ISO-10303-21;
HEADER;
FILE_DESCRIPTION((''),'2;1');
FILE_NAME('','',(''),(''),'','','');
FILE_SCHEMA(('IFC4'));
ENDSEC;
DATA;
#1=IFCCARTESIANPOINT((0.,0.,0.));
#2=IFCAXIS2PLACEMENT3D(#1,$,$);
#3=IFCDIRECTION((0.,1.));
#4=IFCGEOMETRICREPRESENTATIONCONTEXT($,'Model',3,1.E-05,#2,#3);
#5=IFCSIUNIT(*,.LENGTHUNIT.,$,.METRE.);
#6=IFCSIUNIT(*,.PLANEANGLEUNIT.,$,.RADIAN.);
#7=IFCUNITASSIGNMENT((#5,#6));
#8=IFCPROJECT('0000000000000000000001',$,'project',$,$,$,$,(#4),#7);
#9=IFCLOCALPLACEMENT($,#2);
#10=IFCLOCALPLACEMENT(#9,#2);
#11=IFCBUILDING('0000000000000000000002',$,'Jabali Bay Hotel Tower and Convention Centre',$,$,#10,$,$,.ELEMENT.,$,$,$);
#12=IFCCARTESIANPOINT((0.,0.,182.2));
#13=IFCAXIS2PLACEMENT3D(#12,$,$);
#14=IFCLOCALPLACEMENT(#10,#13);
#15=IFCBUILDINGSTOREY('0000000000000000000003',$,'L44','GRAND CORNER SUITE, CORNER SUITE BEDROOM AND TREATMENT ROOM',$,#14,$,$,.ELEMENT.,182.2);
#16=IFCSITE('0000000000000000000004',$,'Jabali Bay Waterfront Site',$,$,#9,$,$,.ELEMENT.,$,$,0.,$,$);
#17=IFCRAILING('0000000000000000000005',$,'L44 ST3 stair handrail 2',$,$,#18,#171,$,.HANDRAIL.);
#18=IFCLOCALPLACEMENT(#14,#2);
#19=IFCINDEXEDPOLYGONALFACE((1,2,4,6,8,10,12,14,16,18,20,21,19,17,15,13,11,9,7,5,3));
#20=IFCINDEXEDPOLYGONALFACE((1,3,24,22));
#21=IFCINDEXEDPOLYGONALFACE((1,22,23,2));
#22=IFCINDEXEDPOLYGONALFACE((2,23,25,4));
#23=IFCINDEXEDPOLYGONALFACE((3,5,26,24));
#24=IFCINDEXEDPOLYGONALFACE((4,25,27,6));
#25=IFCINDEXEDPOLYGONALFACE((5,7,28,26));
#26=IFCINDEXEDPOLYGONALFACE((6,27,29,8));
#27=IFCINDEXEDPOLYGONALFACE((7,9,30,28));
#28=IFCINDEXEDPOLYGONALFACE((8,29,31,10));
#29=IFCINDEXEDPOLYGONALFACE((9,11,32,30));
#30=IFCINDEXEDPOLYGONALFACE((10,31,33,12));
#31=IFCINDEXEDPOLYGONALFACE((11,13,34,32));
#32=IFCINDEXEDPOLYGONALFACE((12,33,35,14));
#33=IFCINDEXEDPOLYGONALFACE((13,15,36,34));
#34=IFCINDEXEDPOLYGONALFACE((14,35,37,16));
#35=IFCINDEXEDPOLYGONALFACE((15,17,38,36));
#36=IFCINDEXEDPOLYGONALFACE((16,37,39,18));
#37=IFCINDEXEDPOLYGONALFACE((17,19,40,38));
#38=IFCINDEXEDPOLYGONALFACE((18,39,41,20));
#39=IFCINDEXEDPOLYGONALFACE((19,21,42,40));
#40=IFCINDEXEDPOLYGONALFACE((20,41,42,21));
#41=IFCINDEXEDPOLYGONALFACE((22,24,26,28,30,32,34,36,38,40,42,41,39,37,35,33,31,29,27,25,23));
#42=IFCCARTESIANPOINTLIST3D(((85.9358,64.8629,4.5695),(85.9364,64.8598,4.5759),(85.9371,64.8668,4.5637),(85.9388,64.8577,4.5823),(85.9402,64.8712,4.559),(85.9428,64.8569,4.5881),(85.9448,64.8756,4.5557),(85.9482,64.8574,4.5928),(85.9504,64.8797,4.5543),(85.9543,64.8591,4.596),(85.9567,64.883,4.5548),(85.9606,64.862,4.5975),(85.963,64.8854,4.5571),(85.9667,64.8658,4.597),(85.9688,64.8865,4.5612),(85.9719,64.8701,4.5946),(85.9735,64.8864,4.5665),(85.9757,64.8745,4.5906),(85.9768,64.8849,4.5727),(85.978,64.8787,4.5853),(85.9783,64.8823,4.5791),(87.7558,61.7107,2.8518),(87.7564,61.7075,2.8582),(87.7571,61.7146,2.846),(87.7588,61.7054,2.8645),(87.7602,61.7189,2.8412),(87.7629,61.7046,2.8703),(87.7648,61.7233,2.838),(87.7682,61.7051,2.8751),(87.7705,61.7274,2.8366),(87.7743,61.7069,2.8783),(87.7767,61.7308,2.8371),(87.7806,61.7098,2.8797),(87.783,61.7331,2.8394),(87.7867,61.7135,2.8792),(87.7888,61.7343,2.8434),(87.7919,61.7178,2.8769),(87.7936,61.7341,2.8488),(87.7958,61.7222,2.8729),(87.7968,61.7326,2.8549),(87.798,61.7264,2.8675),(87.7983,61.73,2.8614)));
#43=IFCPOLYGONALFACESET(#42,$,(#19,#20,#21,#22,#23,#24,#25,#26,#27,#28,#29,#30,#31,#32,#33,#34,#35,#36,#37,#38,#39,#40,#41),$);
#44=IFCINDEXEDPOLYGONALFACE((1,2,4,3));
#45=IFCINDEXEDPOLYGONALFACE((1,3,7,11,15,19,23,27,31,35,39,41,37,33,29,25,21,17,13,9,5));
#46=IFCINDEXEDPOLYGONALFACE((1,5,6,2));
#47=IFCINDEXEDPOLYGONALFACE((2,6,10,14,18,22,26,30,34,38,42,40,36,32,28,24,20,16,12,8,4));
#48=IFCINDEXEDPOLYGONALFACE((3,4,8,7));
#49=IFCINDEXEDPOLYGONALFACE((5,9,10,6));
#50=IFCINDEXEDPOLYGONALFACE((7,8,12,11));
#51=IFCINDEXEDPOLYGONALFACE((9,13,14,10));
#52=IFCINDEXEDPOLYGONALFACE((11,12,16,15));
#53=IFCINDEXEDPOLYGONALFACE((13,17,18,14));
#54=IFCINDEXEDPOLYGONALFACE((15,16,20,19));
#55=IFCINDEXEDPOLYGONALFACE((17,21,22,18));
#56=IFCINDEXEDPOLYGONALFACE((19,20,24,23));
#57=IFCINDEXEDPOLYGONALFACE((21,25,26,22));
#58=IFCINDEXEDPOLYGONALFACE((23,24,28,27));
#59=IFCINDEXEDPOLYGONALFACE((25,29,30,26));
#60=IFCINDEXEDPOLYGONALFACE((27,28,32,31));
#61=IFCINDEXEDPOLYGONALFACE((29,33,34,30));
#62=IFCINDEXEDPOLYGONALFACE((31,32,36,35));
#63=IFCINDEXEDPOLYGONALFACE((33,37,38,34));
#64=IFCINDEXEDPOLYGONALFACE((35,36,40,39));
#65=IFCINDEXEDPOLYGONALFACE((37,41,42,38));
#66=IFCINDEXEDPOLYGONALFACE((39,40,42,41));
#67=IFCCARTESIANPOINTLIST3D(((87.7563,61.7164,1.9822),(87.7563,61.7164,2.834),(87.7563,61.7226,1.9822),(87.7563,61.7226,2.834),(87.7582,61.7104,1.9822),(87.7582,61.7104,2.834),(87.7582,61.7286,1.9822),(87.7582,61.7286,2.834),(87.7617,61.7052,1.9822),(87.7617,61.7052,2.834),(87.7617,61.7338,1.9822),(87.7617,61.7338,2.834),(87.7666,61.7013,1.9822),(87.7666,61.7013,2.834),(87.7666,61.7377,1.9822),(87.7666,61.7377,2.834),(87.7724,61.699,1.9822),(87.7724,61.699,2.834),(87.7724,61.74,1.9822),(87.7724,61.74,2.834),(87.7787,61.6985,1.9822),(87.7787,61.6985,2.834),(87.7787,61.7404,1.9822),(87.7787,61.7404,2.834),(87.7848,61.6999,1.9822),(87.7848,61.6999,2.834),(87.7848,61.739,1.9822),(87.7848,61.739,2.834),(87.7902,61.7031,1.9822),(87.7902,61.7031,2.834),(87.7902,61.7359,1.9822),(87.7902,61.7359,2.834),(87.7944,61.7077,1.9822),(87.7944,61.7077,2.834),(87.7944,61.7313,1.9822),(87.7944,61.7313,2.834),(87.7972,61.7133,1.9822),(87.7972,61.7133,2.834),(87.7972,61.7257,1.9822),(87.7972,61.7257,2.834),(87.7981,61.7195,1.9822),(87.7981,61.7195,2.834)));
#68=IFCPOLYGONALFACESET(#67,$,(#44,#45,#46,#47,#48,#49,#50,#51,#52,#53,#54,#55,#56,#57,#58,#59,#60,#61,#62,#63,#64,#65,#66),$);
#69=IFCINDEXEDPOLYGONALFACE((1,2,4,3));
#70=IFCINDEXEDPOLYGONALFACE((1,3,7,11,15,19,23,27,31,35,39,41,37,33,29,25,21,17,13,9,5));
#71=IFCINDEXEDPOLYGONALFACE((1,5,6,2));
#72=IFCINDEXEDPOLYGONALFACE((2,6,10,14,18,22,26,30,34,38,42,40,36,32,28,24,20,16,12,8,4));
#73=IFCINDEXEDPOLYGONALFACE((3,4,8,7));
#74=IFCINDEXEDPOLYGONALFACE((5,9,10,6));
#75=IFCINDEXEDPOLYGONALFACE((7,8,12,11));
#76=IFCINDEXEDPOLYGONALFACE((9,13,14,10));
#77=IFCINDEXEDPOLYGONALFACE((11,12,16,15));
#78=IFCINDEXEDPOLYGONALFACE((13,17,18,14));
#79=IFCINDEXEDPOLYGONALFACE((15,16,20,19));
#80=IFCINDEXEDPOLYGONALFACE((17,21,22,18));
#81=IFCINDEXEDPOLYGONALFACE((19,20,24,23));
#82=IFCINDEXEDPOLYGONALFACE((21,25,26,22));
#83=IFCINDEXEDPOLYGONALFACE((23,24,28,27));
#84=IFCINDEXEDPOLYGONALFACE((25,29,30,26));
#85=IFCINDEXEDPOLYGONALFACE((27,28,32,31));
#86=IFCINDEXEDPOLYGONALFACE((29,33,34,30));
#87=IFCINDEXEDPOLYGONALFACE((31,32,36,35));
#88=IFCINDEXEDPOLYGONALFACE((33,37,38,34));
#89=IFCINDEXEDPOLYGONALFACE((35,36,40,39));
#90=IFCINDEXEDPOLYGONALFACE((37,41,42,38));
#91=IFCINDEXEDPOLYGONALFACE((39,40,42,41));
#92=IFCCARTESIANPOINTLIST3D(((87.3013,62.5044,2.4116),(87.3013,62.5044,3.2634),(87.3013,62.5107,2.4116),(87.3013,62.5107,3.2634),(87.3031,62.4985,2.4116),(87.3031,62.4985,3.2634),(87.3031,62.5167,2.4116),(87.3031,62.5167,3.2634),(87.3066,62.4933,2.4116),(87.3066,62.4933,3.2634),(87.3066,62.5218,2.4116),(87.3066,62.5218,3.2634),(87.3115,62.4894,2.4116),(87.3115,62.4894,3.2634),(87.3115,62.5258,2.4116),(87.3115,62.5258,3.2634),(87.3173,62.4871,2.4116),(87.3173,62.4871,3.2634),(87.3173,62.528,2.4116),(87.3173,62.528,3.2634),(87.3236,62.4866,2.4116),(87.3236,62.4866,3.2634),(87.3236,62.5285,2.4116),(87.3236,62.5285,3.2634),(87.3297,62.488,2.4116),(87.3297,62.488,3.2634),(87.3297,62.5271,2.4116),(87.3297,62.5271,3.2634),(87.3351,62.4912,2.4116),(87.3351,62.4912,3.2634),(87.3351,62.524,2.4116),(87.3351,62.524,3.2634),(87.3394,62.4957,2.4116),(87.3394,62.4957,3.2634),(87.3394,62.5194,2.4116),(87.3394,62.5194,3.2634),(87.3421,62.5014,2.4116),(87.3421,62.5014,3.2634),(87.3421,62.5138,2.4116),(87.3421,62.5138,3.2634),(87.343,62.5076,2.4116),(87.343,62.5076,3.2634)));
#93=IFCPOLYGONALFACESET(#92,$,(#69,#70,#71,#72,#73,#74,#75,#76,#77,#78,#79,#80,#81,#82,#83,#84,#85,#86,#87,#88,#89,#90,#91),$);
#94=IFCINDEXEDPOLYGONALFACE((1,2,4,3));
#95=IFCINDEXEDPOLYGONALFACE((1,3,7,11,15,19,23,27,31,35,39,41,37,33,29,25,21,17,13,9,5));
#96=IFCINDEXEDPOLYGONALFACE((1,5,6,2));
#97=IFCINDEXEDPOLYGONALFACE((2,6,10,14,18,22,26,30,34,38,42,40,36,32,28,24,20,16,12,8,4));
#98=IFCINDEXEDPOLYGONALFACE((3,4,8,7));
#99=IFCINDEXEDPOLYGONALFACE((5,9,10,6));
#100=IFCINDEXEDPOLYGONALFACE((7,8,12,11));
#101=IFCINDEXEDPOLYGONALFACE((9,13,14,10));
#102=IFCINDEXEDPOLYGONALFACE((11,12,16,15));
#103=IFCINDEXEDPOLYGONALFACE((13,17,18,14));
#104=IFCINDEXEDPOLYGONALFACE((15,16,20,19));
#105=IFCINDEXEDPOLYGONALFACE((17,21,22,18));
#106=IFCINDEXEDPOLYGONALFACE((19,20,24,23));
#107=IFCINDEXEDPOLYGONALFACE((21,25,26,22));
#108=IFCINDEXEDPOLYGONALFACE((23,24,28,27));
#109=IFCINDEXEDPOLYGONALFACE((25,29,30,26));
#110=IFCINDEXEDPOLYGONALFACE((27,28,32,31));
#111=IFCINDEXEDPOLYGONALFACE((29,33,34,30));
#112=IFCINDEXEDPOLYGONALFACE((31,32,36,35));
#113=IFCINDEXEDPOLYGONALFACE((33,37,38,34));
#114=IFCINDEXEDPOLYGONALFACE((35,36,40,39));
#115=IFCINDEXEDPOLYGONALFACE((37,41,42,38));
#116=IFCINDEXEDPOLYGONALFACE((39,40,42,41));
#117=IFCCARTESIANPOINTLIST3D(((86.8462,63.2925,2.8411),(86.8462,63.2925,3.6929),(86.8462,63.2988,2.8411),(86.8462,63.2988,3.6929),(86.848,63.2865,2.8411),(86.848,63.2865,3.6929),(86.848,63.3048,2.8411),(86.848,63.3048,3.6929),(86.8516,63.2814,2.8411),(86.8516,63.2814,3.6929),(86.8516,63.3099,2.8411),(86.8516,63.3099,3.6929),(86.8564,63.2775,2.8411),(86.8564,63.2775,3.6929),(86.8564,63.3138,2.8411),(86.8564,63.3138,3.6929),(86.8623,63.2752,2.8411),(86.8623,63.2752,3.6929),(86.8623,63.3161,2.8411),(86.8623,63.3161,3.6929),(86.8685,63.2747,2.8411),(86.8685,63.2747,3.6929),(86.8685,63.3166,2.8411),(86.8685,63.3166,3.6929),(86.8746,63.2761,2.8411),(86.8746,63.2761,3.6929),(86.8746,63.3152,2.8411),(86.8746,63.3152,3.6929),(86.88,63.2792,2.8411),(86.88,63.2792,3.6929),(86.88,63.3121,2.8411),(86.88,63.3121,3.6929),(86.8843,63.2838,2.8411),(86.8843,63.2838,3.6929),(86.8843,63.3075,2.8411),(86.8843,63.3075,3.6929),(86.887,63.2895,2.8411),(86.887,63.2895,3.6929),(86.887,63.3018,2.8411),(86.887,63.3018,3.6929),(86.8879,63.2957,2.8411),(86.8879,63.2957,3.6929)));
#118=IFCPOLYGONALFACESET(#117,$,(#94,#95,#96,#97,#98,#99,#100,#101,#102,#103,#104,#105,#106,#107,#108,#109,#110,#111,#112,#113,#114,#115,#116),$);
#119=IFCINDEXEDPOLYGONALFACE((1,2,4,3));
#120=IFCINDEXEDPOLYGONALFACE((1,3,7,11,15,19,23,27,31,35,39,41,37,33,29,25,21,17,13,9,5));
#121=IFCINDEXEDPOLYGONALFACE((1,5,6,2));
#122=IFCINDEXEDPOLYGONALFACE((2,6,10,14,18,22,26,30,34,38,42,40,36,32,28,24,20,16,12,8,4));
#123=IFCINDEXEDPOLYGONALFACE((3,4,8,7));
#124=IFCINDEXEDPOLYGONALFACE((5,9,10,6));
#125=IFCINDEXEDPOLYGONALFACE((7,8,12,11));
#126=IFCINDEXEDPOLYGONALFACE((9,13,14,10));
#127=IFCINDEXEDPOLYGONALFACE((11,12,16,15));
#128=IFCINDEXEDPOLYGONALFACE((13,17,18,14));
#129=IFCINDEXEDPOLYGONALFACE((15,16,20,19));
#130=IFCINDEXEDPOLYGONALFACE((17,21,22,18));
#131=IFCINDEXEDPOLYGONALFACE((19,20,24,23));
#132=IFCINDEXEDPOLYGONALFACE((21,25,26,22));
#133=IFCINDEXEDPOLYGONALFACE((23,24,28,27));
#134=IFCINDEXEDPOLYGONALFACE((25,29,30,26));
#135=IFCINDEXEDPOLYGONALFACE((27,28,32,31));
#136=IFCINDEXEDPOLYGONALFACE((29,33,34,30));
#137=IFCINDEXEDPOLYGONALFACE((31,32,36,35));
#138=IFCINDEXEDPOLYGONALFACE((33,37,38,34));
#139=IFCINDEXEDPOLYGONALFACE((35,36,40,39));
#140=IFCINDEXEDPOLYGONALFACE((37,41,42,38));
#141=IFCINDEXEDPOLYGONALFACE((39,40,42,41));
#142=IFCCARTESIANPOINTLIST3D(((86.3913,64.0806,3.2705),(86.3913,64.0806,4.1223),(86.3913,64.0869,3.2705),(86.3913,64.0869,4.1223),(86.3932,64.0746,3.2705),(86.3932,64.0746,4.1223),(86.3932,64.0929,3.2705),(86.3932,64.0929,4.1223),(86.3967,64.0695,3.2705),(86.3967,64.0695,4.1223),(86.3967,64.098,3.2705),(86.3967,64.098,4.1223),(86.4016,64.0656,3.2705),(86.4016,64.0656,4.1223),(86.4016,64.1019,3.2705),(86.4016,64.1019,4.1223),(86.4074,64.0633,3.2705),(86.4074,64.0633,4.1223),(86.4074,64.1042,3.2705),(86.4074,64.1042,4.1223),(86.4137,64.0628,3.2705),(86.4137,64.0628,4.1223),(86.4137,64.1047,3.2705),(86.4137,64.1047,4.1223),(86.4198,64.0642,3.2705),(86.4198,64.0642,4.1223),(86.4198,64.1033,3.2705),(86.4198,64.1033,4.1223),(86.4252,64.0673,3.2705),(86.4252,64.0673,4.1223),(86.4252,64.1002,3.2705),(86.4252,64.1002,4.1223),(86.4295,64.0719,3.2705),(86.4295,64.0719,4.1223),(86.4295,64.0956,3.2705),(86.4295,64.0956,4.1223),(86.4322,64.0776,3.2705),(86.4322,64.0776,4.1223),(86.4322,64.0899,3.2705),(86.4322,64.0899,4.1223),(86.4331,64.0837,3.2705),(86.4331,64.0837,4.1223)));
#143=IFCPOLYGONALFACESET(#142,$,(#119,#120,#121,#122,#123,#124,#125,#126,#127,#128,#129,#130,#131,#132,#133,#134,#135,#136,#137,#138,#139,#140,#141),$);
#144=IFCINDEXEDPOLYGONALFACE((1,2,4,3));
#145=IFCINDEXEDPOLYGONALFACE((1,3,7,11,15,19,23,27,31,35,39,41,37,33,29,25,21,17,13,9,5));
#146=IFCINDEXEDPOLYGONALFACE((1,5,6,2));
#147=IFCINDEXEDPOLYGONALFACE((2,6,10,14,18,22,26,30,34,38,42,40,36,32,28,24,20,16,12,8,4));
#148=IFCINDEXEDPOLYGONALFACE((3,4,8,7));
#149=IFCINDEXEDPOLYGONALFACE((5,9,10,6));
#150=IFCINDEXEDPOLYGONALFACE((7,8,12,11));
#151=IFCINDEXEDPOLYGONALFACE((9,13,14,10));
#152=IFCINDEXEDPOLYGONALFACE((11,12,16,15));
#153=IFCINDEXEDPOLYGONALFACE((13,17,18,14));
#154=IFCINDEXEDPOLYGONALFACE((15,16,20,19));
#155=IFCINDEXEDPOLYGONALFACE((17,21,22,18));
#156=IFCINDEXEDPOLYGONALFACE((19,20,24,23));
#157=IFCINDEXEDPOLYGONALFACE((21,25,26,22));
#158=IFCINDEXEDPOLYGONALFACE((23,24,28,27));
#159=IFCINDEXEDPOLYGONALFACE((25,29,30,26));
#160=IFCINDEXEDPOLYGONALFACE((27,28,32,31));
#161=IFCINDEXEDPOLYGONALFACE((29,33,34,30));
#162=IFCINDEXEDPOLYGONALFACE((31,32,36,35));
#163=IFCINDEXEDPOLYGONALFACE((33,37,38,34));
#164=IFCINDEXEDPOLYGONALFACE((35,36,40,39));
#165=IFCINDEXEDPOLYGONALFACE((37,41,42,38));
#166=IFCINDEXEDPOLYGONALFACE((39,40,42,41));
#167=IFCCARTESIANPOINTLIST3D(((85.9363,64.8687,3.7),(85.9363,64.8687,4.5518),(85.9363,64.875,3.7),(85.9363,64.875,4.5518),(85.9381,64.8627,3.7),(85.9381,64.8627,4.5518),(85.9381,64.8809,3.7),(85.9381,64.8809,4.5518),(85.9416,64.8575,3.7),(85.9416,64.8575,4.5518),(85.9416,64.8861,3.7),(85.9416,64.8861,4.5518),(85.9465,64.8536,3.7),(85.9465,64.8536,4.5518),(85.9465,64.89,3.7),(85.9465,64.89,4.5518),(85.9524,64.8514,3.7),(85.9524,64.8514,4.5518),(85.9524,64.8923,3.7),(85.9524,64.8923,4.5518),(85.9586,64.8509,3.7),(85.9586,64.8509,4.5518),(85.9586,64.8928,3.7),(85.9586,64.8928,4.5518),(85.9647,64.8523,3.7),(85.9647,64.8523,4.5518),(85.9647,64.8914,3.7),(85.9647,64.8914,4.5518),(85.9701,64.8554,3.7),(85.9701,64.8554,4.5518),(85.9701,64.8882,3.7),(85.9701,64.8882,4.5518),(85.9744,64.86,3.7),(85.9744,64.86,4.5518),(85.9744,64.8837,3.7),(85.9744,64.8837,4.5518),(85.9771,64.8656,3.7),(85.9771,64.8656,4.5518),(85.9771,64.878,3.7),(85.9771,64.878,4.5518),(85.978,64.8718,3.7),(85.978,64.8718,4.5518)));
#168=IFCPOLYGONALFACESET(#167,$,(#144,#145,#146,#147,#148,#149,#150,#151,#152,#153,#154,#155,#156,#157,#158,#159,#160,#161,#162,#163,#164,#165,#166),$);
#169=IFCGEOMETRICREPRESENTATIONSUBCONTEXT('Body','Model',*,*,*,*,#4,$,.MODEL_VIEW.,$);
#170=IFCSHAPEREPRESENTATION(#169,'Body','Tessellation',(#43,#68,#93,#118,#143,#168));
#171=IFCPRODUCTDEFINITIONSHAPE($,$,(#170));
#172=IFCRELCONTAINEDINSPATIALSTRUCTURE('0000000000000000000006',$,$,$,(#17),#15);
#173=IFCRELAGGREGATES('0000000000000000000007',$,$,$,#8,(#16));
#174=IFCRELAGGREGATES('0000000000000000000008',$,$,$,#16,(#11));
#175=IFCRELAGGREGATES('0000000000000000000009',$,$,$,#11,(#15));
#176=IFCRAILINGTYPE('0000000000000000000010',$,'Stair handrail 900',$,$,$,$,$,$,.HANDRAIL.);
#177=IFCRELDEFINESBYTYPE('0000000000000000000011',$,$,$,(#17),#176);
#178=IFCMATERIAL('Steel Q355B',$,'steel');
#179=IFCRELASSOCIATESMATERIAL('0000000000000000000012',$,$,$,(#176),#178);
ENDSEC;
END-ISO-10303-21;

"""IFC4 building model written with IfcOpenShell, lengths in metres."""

from ifc_helpers import new_model, si_unit, direction, frame, origin, origin_2d, place, context, subcontext, project, spatial, circle, extrude, material, type_object, element, save


model = new_model("IFC4")

# Units and contexts
model_context = context("Model", 3, precision=1e-05, world=origin(), true_north=direction((0.0, 1.0)))
body_context = subcontext(model_context, "Body", "Model", "MODEL_VIEW")
ifc_project = project(units=[si_unit("LENGTHUNIT", "METRE"), si_unit("PLANEANGLEUNIT", "RADIAN")], contexts=[model_context])

# Site, building, storey
site_placement = place(None, origin())
site = spatial("IfcSite", under=ifc_project, at=site_placement, Name="Jabali Bay Waterfront Site", CompositionType="ELEMENT", RefElevation=0.0)
building_placement = place(site_placement, origin())
building = spatial("IfcBuilding", under=site, at=building_placement, Name="Jabali Bay Hotel Tower and Convention Centre", CompositionType="ELEMENT")
storey_placement = place(building_placement, frame((0.0, 0.0, 182.2)))
storey = spatial("IfcBuildingStorey", under=building, at=storey_placement, Name="L44", Description="GRAND CORNER SUITE, CORNER SUITE BEDROOM AND TREATMENT ROOM", CompositionType="ELEMENT", Elevation=182.2)

# Railing
ifc_material_1 = material(Name="Steel Q355B", Category="steel")
railing_type_1 = type_object("IfcRailingType", Name="Stair handrail 900", PredefinedType="HANDRAIL", material=ifc_material_1)
railing_1_placement = place(storey_placement, frame((87.7771, 61.7195, 1.9822)))
element("IfcRailing", 1, at=railing_1_placement, inside=storey, type_object=railing_type_1, Name="L44 ST3 stair handrail 2", PredefinedType="HANDRAIL", context=body_context, shape_type="SweptSolid", body=[
    extrude(circle(Radius=0.0239, at=origin_2d()), frame((0.0, 0.0, 0.876), z_axis=(-0.45219, 0.78319, 0.426775), x_axis=(-0.866018, -0.500013, 0.0)), (0.0, 0.0, 1.0), 4.0249),
    extrude(circle(Radius=0.021, at=origin_2d()), origin(), (0.0, 0.0, 1.0), 0.8518),
    extrude(circle(Radius=0.021, at=origin_2d()), frame((-0.4551, 0.7881, 0.4294)), (0.0, 0.0, 1.0), 0.8518),
    extrude(circle(Radius=0.021, at=origin_2d()), frame((-0.9102, 1.5762, 0.8589)), (0.0, 0.0, 1.0), 0.8518),
    extrude(circle(Radius=0.021, at=origin_2d()), frame((-1.365, 2.3643, 1.2883)), (0.0, 0.0, 1.0), 0.8518),
    extrude(circle(Radius=0.021, at=origin_2d()), frame((-1.8201, 3.1523, 1.7178)), (0.0, 0.0, 1.0), 0.8518),
])

save(model, "model.ifc")
